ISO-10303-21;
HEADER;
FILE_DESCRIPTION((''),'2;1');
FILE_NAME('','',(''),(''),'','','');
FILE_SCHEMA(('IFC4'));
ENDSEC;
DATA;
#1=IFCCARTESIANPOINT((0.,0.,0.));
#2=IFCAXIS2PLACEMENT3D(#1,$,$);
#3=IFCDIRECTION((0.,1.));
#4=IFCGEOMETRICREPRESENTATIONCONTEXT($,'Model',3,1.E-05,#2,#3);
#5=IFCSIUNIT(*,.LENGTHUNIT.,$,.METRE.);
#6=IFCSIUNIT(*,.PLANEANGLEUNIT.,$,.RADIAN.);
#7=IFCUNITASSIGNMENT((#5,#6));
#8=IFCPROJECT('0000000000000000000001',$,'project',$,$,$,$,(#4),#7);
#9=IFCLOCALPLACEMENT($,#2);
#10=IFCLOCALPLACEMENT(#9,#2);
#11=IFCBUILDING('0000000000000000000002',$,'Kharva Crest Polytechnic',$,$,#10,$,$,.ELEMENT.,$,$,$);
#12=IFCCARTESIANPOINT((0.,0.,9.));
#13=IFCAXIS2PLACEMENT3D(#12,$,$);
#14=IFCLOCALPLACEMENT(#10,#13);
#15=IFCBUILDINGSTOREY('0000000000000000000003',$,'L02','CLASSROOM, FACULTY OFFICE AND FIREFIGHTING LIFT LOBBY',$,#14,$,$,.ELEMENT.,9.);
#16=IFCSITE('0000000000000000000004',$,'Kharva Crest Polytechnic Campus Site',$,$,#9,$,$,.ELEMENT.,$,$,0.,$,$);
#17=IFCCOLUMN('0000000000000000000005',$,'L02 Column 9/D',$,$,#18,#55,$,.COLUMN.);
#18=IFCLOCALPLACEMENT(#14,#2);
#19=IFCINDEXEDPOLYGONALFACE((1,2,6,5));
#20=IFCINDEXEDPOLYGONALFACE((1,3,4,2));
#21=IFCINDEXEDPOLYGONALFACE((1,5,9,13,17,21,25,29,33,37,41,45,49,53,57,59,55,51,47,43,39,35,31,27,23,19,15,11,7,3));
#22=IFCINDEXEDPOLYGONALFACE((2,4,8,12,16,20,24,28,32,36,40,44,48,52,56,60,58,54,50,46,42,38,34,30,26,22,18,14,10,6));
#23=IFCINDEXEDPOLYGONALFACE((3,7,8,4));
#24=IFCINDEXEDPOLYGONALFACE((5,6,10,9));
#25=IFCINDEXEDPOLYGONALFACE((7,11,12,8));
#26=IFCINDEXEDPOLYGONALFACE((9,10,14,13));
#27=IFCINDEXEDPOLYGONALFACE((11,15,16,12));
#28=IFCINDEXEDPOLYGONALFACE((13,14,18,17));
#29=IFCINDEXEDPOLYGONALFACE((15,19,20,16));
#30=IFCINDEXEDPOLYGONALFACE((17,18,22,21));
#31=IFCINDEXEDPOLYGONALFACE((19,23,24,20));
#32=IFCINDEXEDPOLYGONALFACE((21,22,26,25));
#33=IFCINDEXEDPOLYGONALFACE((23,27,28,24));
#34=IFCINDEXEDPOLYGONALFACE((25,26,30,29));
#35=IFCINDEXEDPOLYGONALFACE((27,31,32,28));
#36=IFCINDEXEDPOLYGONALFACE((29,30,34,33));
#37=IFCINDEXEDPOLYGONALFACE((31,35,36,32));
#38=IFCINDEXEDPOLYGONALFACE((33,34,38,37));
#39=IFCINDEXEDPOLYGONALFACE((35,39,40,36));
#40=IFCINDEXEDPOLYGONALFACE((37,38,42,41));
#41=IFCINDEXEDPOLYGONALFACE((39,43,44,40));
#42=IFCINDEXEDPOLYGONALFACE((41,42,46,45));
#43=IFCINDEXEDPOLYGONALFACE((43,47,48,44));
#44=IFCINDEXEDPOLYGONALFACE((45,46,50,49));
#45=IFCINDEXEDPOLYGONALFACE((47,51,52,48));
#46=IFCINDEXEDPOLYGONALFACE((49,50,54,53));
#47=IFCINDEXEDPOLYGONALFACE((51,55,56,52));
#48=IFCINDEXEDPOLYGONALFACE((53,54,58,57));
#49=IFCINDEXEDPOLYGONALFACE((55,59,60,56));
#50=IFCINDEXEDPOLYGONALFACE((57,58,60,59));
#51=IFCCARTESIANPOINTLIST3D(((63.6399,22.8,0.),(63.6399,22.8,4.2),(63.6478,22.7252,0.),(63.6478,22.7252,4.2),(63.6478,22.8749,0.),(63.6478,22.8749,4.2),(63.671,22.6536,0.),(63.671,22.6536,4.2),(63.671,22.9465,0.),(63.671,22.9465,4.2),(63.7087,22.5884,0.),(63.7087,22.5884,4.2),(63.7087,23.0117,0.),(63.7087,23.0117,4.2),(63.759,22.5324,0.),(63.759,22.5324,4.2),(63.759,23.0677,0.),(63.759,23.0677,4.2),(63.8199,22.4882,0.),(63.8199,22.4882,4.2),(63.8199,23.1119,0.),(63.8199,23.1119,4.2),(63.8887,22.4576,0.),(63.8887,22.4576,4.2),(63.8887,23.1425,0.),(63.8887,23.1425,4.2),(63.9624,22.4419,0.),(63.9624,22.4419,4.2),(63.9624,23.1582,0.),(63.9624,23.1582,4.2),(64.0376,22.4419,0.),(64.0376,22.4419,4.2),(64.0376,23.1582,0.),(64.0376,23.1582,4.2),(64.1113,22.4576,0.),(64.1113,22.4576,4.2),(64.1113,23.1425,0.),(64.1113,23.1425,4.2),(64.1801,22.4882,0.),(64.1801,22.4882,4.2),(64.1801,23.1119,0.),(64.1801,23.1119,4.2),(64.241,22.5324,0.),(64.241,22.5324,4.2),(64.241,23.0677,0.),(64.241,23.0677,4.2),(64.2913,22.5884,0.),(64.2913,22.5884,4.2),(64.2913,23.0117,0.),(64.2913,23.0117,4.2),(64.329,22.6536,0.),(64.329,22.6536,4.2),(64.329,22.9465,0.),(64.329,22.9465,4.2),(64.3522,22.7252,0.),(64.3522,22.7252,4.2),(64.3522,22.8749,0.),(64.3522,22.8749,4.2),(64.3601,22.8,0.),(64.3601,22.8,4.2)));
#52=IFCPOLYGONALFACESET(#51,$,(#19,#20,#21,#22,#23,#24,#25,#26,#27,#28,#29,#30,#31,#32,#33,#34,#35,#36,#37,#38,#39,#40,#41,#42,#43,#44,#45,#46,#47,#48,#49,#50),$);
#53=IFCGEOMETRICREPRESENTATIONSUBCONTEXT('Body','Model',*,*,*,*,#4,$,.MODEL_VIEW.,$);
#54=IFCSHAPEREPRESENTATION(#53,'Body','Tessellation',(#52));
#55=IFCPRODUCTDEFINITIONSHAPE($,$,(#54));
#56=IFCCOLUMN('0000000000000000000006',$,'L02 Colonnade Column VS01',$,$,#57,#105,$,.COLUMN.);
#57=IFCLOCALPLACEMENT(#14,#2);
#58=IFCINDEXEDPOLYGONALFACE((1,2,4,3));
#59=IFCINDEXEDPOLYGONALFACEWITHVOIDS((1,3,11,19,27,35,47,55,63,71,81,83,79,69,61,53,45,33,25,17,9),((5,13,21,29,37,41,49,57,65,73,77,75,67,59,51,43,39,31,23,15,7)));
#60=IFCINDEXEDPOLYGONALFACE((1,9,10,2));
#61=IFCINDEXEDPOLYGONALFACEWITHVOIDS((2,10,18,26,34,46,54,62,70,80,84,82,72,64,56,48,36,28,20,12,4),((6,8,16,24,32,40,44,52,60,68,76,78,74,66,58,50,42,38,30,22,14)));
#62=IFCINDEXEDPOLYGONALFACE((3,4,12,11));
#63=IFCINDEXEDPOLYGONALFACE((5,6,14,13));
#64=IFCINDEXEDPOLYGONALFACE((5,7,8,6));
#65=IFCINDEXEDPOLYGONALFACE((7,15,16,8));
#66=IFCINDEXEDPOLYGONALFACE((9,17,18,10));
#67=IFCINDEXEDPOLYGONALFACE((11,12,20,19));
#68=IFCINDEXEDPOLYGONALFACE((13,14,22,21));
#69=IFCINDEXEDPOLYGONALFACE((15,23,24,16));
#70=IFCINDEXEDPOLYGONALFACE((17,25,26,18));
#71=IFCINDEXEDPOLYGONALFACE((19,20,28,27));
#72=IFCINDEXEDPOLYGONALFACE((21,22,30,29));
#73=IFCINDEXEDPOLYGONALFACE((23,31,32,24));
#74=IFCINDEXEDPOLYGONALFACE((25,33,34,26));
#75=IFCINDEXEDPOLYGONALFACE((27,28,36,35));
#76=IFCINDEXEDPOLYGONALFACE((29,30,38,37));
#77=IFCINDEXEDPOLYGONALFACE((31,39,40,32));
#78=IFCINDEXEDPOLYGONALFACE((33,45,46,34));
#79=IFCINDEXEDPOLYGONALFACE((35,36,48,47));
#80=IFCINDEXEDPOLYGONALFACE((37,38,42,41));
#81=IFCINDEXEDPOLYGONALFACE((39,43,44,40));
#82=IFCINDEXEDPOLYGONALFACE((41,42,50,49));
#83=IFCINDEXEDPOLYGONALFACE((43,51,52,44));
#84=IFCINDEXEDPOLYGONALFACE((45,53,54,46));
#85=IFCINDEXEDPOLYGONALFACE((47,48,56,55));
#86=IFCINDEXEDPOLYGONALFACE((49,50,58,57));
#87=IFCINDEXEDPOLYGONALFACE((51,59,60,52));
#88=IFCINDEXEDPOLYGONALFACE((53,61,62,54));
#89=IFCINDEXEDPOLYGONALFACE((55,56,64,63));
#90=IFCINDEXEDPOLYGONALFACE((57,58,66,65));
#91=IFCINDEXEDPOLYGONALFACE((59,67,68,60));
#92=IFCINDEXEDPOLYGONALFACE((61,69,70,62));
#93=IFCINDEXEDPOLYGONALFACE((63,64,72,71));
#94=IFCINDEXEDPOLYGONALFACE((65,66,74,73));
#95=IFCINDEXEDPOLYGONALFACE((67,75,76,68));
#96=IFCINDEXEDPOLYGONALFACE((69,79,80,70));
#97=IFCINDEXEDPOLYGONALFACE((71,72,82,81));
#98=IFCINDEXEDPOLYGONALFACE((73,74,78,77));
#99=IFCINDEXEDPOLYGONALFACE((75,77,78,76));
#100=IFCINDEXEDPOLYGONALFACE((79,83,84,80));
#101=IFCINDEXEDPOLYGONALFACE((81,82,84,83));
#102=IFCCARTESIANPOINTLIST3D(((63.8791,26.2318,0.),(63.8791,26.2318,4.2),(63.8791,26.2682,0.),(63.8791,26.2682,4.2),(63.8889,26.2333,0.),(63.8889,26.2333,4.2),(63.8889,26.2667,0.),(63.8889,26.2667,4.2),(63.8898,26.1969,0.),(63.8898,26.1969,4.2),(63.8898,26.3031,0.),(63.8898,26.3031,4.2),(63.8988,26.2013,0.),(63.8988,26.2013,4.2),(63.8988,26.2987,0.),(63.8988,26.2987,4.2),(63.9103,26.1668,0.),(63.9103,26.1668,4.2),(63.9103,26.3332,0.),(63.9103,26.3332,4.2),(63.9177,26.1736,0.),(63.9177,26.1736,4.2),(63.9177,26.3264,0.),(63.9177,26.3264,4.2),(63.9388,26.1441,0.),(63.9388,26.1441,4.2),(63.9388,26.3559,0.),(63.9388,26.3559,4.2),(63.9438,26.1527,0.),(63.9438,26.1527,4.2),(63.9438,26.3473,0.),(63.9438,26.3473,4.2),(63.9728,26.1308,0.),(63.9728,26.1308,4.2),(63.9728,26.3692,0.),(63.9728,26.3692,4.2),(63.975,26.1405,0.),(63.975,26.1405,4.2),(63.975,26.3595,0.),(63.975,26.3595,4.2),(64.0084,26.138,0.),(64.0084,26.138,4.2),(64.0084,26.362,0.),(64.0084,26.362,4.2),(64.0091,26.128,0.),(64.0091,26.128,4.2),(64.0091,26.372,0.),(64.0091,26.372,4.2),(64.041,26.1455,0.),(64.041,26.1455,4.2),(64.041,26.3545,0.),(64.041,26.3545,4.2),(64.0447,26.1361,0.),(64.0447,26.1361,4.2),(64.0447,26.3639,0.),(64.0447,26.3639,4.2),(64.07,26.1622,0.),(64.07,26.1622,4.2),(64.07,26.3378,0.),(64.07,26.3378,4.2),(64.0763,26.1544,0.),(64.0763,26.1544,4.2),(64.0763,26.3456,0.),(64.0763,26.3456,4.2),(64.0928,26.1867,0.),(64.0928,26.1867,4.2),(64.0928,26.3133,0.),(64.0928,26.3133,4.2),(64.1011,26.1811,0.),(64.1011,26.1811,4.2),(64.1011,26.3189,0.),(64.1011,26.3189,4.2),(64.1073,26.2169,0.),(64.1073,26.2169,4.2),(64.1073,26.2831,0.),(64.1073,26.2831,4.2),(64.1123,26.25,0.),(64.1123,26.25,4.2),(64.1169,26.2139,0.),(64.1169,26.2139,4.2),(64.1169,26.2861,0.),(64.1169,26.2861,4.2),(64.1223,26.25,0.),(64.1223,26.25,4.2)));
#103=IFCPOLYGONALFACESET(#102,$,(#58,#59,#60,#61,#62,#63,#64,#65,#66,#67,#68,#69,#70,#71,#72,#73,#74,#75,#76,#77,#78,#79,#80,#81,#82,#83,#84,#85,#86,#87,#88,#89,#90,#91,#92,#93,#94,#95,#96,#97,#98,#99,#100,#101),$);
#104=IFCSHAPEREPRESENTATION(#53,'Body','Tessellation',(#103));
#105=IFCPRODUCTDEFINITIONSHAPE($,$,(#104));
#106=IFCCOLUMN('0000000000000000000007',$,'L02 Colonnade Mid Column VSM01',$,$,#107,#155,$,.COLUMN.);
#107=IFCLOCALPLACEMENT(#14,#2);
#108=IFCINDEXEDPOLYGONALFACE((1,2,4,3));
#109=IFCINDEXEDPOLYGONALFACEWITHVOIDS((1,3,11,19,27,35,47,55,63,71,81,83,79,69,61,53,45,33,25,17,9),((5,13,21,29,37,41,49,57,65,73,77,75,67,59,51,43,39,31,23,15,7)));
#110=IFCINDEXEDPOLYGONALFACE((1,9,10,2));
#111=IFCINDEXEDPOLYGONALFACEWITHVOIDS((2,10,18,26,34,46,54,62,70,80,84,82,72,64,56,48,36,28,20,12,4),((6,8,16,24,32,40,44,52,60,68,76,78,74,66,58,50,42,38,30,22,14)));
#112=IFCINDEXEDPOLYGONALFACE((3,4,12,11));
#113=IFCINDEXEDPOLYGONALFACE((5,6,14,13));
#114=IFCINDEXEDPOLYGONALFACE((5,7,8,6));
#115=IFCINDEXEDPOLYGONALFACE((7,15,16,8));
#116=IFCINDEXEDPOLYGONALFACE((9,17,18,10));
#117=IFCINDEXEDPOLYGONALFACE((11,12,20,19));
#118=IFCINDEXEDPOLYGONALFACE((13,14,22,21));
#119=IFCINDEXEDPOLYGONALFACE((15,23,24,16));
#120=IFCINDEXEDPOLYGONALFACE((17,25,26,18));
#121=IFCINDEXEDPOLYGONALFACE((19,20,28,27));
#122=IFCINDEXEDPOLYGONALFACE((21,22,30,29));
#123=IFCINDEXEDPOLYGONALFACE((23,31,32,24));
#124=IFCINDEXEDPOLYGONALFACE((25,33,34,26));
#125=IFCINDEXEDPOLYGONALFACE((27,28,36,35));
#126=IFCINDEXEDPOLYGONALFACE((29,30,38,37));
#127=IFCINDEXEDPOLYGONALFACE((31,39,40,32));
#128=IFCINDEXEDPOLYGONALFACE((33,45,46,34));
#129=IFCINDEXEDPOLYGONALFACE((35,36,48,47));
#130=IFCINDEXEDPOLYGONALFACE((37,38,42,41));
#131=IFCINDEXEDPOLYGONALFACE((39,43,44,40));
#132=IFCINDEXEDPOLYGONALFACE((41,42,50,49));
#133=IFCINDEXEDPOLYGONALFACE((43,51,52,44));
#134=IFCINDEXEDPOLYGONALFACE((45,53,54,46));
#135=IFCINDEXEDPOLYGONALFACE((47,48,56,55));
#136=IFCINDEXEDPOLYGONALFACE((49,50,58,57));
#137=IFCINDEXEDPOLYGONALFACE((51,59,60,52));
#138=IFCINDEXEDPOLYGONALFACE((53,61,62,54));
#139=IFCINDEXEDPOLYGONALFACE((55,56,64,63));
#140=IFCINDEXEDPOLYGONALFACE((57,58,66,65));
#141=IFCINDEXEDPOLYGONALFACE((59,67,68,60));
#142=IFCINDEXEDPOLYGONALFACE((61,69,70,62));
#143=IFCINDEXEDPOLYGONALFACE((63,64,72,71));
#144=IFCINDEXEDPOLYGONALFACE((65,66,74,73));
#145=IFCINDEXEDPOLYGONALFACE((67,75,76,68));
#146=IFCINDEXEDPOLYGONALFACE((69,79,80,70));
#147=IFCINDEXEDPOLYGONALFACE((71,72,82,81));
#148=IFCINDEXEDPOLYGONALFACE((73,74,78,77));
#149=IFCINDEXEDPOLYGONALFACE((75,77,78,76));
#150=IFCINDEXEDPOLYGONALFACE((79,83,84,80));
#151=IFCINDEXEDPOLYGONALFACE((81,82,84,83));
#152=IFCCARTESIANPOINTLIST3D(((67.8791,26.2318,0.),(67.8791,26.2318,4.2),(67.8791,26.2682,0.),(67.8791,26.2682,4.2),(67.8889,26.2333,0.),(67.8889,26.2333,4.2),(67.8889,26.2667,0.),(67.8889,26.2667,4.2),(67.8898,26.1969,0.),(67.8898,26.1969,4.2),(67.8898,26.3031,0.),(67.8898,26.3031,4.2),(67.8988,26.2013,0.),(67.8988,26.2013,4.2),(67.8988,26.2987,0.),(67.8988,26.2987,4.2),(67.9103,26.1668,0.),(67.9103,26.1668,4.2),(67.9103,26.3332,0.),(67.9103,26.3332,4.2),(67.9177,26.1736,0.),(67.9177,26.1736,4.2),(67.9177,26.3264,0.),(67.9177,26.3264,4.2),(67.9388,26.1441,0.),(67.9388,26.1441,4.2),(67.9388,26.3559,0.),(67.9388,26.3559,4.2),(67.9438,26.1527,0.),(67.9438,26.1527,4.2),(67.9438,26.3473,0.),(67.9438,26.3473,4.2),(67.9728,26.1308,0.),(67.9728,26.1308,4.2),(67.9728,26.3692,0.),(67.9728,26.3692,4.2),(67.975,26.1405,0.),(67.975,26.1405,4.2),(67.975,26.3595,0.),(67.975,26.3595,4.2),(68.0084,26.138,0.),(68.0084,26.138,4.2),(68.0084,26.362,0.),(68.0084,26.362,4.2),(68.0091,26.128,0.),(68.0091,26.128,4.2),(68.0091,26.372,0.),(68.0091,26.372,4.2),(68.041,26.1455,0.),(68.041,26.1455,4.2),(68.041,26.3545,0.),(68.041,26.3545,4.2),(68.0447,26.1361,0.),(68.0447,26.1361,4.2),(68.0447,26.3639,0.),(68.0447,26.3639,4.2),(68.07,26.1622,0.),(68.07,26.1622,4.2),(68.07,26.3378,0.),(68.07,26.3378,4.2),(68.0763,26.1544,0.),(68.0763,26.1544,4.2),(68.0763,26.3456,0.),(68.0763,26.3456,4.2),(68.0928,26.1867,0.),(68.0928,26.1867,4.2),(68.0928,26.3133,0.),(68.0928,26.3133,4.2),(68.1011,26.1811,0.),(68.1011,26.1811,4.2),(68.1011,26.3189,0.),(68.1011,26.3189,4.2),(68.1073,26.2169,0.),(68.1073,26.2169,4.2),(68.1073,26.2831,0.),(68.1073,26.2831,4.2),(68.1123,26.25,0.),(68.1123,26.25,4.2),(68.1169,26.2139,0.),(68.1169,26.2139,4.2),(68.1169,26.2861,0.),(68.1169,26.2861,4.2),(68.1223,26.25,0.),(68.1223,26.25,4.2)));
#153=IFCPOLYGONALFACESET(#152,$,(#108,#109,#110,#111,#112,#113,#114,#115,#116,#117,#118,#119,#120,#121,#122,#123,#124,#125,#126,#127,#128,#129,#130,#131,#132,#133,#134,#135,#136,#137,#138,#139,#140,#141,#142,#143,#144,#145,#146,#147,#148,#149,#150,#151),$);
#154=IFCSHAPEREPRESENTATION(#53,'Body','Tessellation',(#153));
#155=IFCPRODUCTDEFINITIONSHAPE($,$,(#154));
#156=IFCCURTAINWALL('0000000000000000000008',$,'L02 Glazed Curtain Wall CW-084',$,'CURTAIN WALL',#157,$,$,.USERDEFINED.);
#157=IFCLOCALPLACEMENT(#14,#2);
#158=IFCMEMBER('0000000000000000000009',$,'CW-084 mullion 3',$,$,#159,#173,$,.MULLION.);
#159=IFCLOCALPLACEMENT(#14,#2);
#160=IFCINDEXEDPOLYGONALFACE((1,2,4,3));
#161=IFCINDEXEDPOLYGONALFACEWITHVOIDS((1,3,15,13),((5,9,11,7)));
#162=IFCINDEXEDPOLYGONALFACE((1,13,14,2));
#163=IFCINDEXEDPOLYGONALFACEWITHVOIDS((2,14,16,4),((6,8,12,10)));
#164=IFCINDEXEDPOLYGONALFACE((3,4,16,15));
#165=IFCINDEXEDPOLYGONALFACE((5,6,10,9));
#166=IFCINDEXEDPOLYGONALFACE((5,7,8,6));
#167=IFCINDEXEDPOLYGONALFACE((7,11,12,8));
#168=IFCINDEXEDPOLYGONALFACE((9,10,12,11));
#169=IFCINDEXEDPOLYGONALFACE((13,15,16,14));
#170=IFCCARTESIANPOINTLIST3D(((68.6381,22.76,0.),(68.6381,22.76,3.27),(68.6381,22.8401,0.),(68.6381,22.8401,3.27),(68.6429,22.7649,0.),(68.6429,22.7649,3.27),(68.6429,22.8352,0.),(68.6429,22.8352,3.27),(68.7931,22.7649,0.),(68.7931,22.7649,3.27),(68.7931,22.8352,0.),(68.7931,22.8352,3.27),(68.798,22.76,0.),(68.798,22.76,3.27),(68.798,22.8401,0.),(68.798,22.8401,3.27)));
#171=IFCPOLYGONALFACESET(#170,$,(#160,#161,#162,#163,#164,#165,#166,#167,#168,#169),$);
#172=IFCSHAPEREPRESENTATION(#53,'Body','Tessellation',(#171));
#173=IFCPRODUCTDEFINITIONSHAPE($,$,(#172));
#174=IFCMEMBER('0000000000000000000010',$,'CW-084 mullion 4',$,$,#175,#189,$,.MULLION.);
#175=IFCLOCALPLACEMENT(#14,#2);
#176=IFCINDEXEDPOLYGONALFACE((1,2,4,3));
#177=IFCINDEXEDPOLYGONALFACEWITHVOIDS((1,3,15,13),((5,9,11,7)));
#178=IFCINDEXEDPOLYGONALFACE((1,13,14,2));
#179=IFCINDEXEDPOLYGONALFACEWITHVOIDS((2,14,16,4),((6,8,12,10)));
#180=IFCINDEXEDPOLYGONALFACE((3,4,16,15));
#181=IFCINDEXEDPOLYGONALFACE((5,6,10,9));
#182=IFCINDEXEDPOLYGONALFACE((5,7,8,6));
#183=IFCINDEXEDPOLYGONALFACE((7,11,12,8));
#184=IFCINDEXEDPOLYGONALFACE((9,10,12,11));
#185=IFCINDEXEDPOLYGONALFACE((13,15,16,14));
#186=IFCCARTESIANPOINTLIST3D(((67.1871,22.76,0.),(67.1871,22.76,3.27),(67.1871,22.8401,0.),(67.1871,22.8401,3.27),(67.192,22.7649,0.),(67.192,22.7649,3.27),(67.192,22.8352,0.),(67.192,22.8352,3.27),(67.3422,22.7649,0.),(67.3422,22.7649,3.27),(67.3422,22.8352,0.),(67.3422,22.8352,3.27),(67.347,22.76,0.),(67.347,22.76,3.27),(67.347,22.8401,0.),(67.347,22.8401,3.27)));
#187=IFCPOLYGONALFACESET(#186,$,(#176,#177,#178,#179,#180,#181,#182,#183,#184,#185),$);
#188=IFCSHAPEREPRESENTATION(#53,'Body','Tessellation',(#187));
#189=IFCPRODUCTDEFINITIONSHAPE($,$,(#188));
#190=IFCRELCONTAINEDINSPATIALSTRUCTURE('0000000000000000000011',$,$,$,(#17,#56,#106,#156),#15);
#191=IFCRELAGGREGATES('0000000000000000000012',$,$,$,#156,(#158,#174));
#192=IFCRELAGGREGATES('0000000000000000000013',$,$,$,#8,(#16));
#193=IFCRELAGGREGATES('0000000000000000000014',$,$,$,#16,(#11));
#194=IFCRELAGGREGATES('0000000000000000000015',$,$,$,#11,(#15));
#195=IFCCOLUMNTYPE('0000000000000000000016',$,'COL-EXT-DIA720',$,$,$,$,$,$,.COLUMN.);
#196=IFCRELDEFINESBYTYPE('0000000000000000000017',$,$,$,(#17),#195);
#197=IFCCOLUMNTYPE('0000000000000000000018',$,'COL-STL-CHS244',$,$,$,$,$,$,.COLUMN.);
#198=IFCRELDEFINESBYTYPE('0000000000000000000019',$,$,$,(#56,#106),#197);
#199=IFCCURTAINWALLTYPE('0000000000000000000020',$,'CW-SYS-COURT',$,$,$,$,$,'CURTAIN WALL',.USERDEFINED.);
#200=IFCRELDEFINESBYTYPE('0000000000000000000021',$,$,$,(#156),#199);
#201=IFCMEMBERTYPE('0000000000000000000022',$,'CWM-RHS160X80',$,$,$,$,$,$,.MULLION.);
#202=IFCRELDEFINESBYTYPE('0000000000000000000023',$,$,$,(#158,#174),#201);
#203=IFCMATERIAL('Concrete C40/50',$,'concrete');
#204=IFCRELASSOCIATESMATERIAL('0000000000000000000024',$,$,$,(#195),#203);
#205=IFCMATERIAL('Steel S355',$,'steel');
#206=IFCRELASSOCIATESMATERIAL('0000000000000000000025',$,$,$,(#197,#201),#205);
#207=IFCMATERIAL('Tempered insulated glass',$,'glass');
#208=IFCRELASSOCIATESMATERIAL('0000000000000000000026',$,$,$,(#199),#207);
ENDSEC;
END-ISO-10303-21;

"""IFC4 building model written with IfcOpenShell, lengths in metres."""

from ifc_helpers import new_model, si_unit, direction, frame, origin, origin_2d, place, context, subcontext, project, spatial, hollow_rectangle, circle, hollow_circle, extrude, material, material_profile, profile_set, type_object, element, aggregate, save


model = new_model("IFC4")

# Units and contexts
model_context = context("Model", 3, precision=1e-05, world=origin(), true_north=direction((0.0, 1.0)))
body_context = subcontext(model_context, "Body", "Model", "MODEL_VIEW")
ifc_project = project(units=[si_unit("LENGTHUNIT", "METRE"), si_unit("PLANEANGLEUNIT", "RADIAN")], contexts=[model_context])

# Site, building, storey
site_placement = place(None, origin())
site = spatial("IfcSite", under=ifc_project, at=site_placement, Name="Kharva Crest Polytechnic Campus Site", CompositionType="ELEMENT", RefElevation=0.0)
building_placement = place(site_placement, origin())
building = spatial("IfcBuilding", under=site, at=building_placement, Name="Kharva Crest Polytechnic", CompositionType="ELEMENT")
storey_placement = place(building_placement, frame((0.0, 0.0, 9.0)))
storey = spatial("IfcBuildingStorey", under=building, at=storey_placement, Name="L02", Description="CLASSROOM, FACULTY OFFICE AND FIREFIGHTING LIFT LOBBY", CompositionType="ELEMENT", Elevation=9.0)

# Columns
ifc_material_1 = material(Name="Concrete C40/50", Category="concrete")
ifc_material_profile_1 = material_profile(ifc_material_1, circle(Radius=0.3601, at=origin_2d()), Name="DIA 720")
ifc_profile_set_1 = profile_set([ifc_material_profile_1], Name="Concrete C40/50")
column_type_1 = type_object("IfcColumnType", Name="COL-EXT-DIA720", PredefinedType="COLUMN", material=ifc_profile_set_1)
column_placement = place(storey_placement, frame((64.0, 22.8, 0.0), z_axis=(0.0, 0.0, 1.0), x_axis=(1.0, 0.0, 0.0)))
element("IfcColumn", 1, at=column_placement, inside=storey, type_object=column_type_1, Name="L02 Column 9/D", PredefinedType="COLUMN", context=body_context, shape_type="SweptSolid", body=[
    extrude(circle(Radius=0.3601, at=origin_2d()), origin(), (0.0, 0.0, 1.0), 4.2),
])
ifc_material_2 = material(Name="Steel S355", Category="steel")
ifc_material_profile_2 = material_profile(ifc_material_2, hollow_circle(Radius=0.1223, WallThickness=0.01, at=origin_2d()), Name="CHS 244.5X10.0")
ifc_profile_set_2 = profile_set([ifc_material_profile_2], Name="Steel S355")
column_type_2 = type_object("IfcColumnType", Name="COL-STL-CHS244", PredefinedType="COLUMN", material=ifc_profile_set_2)
for number, where, z_axis, x_axis, name in (
    (2, (64.0, 26.25, 0.0), (0.0, 0.0, 1.0), (1.0, 0.0, 0.0), "L02 Colonnade Column VS01"),
    (3, (68.0, 26.25, 0.0), (0.0, 0.0, 1.0), (1.0, 0.0, 0.0), "L02 Colonnade Mid Column VSM01"),
):
    element("IfcColumn", number, at=place(storey_placement, frame(where, z_axis=z_axis, x_axis=x_axis)), inside=storey, type_object=column_type_2, Name=name, PredefinedType="COLUMN", context=body_context, shape_type="SweptSolid", body=[
        extrude(hollow_circle(Radius=0.1223, WallThickness=0.01, at=origin_2d()), origin(), (0.0, 0.0, 1.0), 4.2),
    ])

# Curtain wall, members
ifc_material_3 = material(Name="Tempered insulated glass", Category="glass")
curtain_wall_type = type_object("IfcCurtainWallType", Name="CW-SYS-COURT", ElementType="CURTAIN WALL", PredefinedType="USERDEFINED", material=ifc_material_3)
curtain_wall_1_placement = place(storey_placement, origin())
curtain_wall_1 = element("IfcCurtainWall", 4, at=curtain_wall_1_placement, inside=storey, type_object=curtain_wall_type, Name="L02 Glazed Curtain Wall CW-084", ObjectType="CURTAIN WALL", PredefinedType="USERDEFINED")
ifc_material_profile_3 = material_profile(ifc_material_2, hollow_rectangle(XDim=0.0801, YDim=0.1599, WallThickness=0.0049, at=origin_2d()), Name="RHS 160X80X5.0")
ifc_profile_set_3 = profile_set([ifc_material_profile_3], Name="Steel S355")
member_type_1 = type_object("IfcMemberType", Name="CWM-RHS160X80", PredefinedType="MULLION", material=ifc_profile_set_3)
member_1_placement = place(storey_placement, frame((68.718, 22.8, 0.0), z_axis=(0.0, 0.0, 1.0), x_axis=(0.0, -1.0, 0.0)))
member_1 = element("IfcMember", 5, at=member_1_placement, type_object=member_type_1, Name="CW-084 mullion 3", PredefinedType="MULLION", context=body_context, shape_type="SweptSolid", body=[
    extrude(hollow_rectangle(XDim=0.0801, YDim=0.1599, WallThickness=0.0049, at=origin_2d()), origin(), (0.0, 0.0, 1.0), 3.27),
])
member_2_placement = place(storey_placement, frame((67.2671, 22.8, 0.0), z_axis=(0.0, 0.0, 1.0), x_axis=(0.0, -1.0, 0.0)))
member_2 = element("IfcMember", 6, at=member_2_placement, type_object=member_type_1, Name="CW-084 mullion 4", PredefinedType="MULLION", context=body_context, shape_type="SweptSolid", body=[
    extrude(hollow_rectangle(XDim=0.0801, YDim=0.1599, WallThickness=0.0049, at=origin_2d()), origin(), (0.0, 0.0, 1.0), 3.27),
])

aggregate(curtain_wall_1, [member_1, member_2])

save(model, "model.ifc")
